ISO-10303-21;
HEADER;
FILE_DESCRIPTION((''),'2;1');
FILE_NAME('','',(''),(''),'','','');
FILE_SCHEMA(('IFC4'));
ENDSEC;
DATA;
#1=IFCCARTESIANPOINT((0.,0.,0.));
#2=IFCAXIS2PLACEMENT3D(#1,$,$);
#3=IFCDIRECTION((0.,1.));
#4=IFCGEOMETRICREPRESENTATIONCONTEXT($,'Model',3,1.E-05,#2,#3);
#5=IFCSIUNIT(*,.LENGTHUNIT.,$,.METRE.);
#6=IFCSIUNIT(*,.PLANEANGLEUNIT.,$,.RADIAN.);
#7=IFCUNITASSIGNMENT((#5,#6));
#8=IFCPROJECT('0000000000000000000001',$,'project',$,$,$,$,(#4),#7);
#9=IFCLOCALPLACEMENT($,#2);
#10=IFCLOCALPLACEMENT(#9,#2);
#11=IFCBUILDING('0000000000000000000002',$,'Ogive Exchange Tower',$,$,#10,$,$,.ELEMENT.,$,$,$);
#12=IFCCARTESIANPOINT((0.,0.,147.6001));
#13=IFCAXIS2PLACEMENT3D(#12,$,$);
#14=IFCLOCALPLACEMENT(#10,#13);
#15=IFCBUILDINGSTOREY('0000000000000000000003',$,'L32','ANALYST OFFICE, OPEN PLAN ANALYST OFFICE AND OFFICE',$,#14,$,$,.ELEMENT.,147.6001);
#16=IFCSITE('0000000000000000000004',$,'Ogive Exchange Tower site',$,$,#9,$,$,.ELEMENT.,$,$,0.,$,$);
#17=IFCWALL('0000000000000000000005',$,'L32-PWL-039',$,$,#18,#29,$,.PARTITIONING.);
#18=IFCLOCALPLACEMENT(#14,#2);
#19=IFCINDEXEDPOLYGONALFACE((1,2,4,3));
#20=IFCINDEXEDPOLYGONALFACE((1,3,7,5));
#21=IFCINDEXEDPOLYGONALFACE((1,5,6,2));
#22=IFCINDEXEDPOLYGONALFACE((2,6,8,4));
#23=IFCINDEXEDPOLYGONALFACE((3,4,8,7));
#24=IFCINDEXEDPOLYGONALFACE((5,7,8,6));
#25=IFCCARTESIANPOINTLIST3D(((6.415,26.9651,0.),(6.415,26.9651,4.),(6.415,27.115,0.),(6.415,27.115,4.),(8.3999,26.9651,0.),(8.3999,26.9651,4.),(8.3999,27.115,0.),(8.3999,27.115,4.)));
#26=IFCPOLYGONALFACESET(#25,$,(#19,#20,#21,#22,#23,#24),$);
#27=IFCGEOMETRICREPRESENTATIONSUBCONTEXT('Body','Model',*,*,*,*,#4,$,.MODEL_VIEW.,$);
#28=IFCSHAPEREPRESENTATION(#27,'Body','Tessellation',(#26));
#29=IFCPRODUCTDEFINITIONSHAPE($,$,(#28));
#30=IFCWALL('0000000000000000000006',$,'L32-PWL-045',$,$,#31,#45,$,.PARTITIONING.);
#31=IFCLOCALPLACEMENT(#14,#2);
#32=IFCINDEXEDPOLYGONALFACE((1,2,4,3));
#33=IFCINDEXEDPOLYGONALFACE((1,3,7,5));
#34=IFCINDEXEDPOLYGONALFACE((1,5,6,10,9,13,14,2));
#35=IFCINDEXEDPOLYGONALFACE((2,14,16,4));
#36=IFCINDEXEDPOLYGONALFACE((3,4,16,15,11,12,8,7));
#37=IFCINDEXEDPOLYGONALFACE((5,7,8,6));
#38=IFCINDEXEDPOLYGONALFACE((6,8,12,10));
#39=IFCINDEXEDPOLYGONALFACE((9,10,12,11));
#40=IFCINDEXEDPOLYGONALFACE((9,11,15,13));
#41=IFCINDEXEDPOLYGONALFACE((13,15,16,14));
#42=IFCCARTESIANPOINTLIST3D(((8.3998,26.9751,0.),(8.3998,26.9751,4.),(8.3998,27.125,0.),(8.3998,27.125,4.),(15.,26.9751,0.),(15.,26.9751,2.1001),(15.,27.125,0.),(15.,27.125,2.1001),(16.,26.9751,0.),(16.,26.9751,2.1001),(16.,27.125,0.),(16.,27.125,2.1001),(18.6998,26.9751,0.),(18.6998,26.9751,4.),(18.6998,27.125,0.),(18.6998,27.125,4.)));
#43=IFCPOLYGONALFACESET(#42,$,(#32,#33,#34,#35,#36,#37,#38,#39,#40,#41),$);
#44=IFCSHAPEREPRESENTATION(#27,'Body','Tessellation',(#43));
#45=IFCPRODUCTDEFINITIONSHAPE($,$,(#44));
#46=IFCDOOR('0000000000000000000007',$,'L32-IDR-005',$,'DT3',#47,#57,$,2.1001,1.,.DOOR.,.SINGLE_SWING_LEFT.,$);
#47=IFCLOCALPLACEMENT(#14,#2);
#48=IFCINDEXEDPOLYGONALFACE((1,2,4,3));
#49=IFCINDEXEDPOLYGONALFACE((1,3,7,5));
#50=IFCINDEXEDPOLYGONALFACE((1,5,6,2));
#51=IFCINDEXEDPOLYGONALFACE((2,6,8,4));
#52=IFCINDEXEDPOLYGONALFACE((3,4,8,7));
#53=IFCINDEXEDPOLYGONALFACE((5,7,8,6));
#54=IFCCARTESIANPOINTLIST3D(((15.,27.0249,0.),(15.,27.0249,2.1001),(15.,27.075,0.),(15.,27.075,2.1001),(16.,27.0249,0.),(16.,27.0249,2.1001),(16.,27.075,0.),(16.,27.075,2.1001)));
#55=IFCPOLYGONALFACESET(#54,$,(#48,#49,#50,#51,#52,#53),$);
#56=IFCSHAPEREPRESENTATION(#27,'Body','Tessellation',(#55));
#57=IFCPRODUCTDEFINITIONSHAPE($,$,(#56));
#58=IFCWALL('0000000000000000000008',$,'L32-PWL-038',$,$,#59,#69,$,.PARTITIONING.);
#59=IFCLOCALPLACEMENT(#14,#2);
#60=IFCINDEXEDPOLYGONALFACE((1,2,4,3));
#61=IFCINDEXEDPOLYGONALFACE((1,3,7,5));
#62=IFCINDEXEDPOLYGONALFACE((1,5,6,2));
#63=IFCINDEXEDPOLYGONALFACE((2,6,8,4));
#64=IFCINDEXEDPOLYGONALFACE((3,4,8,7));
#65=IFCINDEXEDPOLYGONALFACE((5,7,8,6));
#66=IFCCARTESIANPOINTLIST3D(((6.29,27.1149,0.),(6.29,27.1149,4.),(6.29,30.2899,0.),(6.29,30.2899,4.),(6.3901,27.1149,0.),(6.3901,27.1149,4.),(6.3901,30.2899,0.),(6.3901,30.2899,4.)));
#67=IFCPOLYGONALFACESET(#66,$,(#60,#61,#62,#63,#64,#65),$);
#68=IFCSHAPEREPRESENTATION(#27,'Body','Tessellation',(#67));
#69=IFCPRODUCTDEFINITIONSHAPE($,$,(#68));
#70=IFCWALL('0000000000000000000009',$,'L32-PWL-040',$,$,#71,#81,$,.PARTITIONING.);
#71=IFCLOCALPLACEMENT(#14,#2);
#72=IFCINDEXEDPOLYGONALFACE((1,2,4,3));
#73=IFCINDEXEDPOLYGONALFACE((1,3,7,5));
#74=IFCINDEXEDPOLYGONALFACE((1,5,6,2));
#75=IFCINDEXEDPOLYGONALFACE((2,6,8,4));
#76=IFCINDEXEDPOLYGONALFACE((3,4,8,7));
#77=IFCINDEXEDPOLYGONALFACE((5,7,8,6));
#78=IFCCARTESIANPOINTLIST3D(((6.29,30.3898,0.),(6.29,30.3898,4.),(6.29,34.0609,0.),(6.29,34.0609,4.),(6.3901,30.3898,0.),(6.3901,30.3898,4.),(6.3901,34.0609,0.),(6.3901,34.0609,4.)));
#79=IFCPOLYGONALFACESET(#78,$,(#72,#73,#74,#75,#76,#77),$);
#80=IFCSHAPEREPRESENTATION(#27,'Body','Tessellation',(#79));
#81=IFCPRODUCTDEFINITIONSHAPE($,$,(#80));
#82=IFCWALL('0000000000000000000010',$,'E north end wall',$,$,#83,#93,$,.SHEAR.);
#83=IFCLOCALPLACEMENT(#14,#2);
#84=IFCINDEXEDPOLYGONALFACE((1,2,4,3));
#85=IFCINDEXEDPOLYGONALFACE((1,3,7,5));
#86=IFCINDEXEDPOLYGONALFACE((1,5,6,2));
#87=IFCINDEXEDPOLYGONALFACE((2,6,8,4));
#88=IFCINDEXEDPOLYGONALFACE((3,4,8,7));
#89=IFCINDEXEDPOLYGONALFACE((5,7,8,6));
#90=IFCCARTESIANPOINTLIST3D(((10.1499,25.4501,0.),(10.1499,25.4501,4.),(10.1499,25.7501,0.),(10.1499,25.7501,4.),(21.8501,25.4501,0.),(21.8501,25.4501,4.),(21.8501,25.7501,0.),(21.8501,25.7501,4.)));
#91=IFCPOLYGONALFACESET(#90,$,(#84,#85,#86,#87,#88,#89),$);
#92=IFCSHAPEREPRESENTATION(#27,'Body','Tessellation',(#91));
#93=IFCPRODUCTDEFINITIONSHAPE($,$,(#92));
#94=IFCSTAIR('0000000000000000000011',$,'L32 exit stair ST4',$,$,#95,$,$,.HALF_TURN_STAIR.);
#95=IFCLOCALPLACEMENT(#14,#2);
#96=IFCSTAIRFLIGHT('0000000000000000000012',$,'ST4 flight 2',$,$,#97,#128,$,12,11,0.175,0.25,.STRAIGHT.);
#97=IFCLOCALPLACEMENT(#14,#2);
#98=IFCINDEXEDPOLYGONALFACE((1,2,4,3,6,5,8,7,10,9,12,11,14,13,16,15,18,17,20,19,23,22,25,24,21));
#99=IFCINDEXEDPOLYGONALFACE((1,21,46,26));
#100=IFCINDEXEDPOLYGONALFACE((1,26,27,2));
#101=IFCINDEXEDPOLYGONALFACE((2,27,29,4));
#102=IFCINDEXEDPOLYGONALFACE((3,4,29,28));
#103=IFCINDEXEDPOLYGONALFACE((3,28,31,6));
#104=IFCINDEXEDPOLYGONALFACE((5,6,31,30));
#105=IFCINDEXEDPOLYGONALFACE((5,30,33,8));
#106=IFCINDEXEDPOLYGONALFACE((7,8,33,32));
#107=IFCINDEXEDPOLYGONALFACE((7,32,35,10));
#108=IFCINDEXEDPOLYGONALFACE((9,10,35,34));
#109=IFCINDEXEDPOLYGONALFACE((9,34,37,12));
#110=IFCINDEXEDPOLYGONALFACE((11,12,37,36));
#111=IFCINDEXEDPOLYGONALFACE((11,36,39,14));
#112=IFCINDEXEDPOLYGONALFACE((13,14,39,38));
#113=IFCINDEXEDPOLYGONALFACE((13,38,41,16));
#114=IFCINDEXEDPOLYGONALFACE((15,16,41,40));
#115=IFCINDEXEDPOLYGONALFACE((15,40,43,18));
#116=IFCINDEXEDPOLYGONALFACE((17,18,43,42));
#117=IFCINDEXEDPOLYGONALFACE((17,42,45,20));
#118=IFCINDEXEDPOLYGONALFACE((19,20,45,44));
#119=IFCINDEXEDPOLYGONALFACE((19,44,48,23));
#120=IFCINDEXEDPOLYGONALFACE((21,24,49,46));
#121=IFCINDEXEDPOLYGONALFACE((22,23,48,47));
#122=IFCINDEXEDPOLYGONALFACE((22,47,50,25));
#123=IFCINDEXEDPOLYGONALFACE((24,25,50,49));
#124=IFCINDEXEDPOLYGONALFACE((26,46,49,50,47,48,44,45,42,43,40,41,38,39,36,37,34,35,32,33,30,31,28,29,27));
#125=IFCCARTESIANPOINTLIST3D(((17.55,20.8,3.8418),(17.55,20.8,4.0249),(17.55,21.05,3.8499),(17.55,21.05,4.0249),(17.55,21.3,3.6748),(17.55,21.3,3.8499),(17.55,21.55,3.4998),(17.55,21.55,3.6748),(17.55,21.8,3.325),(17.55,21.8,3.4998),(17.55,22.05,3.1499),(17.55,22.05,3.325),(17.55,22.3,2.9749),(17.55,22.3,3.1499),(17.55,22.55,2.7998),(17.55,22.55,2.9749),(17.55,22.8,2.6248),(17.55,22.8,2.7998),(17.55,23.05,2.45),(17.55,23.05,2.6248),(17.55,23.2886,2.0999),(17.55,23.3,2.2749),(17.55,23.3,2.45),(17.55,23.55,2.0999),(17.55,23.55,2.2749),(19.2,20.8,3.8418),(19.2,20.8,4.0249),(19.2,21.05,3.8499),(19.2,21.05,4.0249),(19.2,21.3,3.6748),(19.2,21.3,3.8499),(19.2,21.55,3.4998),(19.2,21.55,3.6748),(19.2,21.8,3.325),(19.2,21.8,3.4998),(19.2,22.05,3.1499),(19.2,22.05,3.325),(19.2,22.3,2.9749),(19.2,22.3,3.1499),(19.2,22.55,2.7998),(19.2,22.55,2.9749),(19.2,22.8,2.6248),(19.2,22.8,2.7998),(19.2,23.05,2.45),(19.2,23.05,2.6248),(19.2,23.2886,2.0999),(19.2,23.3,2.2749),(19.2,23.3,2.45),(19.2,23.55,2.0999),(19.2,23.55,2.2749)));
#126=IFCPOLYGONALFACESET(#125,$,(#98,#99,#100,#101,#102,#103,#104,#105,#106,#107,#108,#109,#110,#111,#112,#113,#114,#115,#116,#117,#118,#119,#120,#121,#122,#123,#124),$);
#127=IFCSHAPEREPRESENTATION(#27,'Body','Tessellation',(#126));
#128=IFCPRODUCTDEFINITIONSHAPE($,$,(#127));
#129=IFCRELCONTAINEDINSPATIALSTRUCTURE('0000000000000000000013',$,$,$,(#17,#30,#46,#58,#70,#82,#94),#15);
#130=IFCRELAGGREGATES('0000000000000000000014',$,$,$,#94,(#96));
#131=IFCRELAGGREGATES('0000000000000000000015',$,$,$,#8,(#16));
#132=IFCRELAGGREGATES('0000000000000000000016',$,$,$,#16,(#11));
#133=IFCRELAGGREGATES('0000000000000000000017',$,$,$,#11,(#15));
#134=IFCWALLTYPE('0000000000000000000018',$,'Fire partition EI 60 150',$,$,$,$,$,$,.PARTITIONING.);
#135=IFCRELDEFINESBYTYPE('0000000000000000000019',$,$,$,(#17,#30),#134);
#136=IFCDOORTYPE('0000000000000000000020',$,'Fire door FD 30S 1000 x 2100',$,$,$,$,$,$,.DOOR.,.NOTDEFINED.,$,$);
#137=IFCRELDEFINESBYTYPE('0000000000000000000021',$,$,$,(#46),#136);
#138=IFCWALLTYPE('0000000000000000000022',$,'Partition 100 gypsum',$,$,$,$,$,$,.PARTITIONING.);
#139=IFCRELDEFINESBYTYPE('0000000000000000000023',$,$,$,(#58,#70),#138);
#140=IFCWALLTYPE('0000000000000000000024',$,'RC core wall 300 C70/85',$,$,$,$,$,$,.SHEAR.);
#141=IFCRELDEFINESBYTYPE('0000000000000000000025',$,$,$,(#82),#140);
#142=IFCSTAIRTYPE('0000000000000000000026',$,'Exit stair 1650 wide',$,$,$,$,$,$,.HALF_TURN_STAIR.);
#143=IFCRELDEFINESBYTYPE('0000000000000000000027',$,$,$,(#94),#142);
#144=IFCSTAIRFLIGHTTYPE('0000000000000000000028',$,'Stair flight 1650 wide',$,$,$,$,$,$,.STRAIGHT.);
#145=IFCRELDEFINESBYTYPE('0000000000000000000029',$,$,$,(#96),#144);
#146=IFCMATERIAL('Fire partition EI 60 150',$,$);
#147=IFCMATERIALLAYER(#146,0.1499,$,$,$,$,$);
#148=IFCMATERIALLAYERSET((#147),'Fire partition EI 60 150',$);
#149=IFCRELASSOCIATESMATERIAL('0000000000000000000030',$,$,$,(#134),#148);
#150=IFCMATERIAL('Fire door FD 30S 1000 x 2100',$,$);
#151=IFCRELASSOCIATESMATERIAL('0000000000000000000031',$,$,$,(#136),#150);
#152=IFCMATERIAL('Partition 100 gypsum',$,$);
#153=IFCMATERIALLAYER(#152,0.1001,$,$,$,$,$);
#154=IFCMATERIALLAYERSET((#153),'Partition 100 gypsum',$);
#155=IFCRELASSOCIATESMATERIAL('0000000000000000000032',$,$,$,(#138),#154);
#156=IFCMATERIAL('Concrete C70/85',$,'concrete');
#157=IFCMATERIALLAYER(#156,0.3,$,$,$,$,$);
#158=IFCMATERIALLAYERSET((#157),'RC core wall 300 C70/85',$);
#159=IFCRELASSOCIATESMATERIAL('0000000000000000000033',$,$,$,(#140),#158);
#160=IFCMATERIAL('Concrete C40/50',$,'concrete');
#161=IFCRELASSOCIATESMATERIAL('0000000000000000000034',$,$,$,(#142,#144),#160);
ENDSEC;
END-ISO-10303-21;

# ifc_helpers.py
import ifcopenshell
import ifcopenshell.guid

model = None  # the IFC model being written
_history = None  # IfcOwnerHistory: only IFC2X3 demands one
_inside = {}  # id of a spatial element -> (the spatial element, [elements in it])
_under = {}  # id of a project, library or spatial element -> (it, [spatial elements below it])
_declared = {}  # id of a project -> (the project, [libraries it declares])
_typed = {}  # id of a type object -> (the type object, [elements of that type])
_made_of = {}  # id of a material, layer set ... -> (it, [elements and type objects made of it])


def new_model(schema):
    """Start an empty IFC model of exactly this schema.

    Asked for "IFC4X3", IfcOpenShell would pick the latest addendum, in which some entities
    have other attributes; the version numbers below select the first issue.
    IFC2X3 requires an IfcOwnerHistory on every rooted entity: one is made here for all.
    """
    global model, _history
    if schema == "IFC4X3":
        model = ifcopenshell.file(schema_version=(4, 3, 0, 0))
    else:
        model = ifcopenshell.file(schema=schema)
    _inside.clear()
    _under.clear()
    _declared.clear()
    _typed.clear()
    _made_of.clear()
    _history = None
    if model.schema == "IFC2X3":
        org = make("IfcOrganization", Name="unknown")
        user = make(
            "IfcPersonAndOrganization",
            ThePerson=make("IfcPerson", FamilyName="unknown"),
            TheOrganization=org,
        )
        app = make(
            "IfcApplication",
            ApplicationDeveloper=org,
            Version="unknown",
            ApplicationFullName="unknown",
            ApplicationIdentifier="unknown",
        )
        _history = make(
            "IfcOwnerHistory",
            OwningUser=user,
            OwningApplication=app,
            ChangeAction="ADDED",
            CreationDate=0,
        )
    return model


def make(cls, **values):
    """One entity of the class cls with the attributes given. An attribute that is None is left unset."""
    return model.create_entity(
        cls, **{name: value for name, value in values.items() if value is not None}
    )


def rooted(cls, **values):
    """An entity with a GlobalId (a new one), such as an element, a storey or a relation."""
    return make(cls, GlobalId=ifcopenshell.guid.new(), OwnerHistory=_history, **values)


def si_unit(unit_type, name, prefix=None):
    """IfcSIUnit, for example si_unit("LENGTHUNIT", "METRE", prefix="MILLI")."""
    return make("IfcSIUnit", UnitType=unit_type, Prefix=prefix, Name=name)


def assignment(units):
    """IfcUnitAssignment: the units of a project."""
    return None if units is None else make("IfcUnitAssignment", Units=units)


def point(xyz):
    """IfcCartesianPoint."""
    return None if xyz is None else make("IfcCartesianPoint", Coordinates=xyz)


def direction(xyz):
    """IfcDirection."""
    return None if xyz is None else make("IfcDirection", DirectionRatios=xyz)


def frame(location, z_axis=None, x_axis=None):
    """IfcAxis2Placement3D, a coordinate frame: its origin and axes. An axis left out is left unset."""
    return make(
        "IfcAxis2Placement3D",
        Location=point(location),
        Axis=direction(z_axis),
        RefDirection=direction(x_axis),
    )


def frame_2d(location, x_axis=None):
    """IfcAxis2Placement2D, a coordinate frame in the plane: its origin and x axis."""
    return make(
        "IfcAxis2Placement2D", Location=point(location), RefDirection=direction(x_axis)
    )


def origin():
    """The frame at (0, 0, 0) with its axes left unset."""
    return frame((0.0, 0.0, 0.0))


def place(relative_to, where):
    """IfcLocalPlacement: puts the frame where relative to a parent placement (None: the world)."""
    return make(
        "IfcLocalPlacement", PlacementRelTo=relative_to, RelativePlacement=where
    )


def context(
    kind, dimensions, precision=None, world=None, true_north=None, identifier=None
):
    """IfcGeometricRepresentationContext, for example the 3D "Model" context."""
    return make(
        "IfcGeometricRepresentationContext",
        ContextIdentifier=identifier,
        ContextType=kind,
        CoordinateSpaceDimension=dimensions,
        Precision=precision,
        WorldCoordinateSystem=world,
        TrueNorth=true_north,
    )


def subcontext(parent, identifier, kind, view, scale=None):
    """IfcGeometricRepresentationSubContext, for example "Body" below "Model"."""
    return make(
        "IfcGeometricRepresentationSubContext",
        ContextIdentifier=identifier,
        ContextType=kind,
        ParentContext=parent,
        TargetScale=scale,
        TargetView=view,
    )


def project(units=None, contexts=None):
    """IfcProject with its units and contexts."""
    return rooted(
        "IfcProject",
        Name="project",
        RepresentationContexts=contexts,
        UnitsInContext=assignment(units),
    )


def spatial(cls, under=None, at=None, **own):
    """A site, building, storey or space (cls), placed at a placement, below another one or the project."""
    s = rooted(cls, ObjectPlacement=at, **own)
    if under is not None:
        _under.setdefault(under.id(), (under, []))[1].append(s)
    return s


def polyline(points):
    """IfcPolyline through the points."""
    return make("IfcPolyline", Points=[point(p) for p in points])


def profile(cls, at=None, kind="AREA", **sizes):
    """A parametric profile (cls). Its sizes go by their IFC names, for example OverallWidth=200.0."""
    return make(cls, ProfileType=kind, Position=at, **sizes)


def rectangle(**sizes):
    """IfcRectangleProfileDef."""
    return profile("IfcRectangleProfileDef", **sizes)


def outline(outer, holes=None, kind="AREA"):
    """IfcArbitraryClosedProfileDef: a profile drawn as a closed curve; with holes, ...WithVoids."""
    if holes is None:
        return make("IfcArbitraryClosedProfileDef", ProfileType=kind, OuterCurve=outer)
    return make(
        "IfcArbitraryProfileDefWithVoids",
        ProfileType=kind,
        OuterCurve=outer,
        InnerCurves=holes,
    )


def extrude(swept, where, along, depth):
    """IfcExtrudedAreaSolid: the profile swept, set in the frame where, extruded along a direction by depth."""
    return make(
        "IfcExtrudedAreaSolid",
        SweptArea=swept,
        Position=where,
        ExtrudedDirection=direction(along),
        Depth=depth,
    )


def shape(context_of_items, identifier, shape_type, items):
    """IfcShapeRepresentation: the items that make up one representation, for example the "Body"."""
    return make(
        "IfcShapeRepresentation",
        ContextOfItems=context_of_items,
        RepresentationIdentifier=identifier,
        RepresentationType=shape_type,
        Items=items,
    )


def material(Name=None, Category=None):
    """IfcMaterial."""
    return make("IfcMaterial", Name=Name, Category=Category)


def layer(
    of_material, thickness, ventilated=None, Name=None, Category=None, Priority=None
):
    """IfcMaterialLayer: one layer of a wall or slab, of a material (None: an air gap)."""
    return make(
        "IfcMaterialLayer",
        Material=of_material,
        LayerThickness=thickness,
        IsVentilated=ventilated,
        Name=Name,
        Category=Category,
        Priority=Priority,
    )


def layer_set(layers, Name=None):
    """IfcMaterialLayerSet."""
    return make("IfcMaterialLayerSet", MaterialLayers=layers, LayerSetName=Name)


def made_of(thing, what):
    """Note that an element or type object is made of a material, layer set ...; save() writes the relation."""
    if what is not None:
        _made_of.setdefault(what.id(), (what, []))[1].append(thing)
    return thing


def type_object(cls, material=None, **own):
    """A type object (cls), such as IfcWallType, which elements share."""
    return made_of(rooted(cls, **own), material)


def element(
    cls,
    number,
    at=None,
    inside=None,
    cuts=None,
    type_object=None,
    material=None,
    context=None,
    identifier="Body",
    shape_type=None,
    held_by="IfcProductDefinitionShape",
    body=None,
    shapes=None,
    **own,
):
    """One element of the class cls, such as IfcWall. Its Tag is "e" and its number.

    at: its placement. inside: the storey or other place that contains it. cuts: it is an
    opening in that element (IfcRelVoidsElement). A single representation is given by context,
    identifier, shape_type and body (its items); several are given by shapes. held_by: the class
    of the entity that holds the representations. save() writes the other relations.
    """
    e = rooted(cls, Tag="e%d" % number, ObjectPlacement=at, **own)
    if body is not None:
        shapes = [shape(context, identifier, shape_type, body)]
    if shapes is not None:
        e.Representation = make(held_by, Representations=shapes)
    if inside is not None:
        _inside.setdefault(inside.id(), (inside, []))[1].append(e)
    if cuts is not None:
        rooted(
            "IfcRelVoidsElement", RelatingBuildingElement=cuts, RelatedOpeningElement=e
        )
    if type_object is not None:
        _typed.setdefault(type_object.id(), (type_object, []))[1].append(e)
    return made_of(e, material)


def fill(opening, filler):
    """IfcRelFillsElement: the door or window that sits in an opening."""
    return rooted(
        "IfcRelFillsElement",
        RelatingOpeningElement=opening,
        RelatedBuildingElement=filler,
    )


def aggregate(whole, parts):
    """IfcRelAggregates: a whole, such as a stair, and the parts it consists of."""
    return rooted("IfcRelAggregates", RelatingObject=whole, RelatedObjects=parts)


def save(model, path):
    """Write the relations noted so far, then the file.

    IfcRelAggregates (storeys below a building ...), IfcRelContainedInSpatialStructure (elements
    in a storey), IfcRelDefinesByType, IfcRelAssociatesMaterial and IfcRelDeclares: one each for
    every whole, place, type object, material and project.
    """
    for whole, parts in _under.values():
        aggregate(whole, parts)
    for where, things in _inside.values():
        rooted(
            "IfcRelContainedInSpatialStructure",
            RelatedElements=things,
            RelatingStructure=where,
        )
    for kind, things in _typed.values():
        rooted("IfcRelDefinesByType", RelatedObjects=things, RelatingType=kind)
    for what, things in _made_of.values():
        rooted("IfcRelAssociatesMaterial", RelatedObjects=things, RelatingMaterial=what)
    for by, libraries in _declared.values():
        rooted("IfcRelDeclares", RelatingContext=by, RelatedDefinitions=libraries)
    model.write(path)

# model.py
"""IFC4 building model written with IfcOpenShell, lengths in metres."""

from ifc_helpers import new_model, si_unit, direction, frame, frame_2d, origin, place, context, subcontext, project, spatial, polyline, rectangle, outline, extrude, material, layer, layer_set, type_object, element, fill, aggregate, save


model = new_model("IFC4")

# Units and contexts
model_context = context("Model", 3, precision=1e-05, world=origin(), true_north=direction((0.0, 1.0)))
body_context = subcontext(model_context, "Body", "Model", "MODEL_VIEW")
ifc_project = project(units=[si_unit("LENGTHUNIT", "METRE"), si_unit("PLANEANGLEUNIT", "RADIAN")], contexts=[model_context])

# Site, building, storey
site_placement = place(None, origin())
site = spatial("IfcSite", under=ifc_project, at=site_placement, Name="Ogive Exchange Tower site", CompositionType="ELEMENT", RefElevation=0.0)
building_placement = place(site_placement, origin())
building = spatial("IfcBuilding", under=site, at=building_placement, Name="Ogive Exchange Tower", CompositionType="ELEMENT")
storey_placement = place(building_placement, frame((0.0, 0.0, 147.6001)))
storey = spatial("IfcBuildingStorey", under=building, at=storey_placement, Name="L32", Description="ANALYST OFFICE, OPEN PLAN ANALYST OFFICE AND OFFICE", CompositionType="ELEMENT", Elevation=147.6001)

# Wall
ifc_material_1 = material(Name="Fire partition EI 60 150")
ifc_layer_1 = layer(ifc_material_1, 0.1499)
ifc_layer_set_1 = layer_set([ifc_layer_1], Name="Fire partition EI 60 150")
wall_type_1 = type_object("IfcWallType", Name="Fire partition EI 60 150", PredefinedType="PARTITIONING", material=ifc_layer_set_1)
wall_1_placement = place(storey_placement, frame((6.415, 27.04, 0.0), z_axis=(0.0, 0.0, 1.0), x_axis=(1.0, 0.0, 0.0)))
element("IfcWall", 1, at=wall_1_placement, inside=storey, type_object=wall_type_1, Name="L32-PWL-039", PredefinedType="PARTITIONING", context=body_context, shape_type="SweptSolid", body=[
    extrude(rectangle(XDim=1.9849, YDim=0.1499, at=frame_2d((0.9924, 0.0))), origin(), (0.0, 0.0, 1.0), 4.0),
])

# Wall, opening, door
wall_2_placement = place(storey_placement, frame((8.3999, 27.05, 0.0), z_axis=(0.0, 0.0, 1.0), x_axis=(1.0, 0.0, 0.0)))
wall_2 = element("IfcWall", 2, at=wall_2_placement, inside=storey, type_object=wall_type_1, Name="L32-PWL-045", PredefinedType="PARTITIONING", context=body_context, shape_type="SweptSolid", body=[
    extrude(rectangle(XDim=10.3, YDim=0.1499, at=frame_2d((5.1499, 0.0))), origin(), (0.0, 0.0, 1.0), 4.0),
])
opening_placement = place(wall_2_placement, frame((6.6001, 0.0, 0.0)))
opening = element("IfcOpeningElement", 3, at=opening_placement, cuts=wall_2, PredefinedType="OPENING", context=body_context, shape_type="SweptSolid", body=[
    extrude(rectangle(XDim=1.0, YDim=2.1001, at=frame_2d((0.5, 1.05))), frame((0.0, 0.085, 0.0), z_axis=(0.0, -1.0, 0.0), x_axis=(1.0, 0.0, 0.0)), (0.0, 0.0, 1.0), 0.1699),
])
ifc_material_2 = material(Name="Fire door FD 30S 1000 x 2100")
door_type = type_object("IfcDoorType", Name="Fire door FD 30S 1000 x 2100", OperationType="NOTDEFINED", PredefinedType="DOOR", material=ifc_material_2)
door_placement = place(opening_placement, origin())
door = element("IfcDoor", 4, at=door_placement, inside=storey, type_object=door_type, Name="L32-IDR-005", ObjectType="DT3", OperationType="SINGLE_SWING_LEFT", OverallHeight=2.1001, OverallWidth=1.0, PredefinedType="DOOR", context=body_context, shape_type="SweptSolid", body=[
    extrude(rectangle(XDim=1.0, YDim=2.1001, at=frame_2d((0.5, 1.05))), frame((0.0, 0.0249, 0.0), z_axis=(0.0, -1.0, 0.0), x_axis=(1.0, 0.0, 0.0)), (0.0, 0.0, 1.0), 0.05),
])
fill(opening, door)

# Walls
ifc_material_3 = material(Name="Partition 100 gypsum")
ifc_layer_2 = layer(ifc_material_3, 0.1001)
ifc_layer_set_2 = layer_set([ifc_layer_2], Name="Partition 100 gypsum")
wall_type_2 = type_object("IfcWallType", Name="Partition 100 gypsum", PredefinedType="PARTITIONING", material=ifc_layer_set_2)
wall_3_placement = place(storey_placement, frame((6.3401, 27.115, 0.0), z_axis=(0.0, 0.0, 1.0), x_axis=(0.0, 1.0, 0.0)))
element("IfcWall", 5, at=wall_3_placement, inside=storey, type_object=wall_type_2, Name="L32-PWL-038", PredefinedType="PARTITIONING", context=body_context, shape_type="SweptSolid", body=[
    extrude(rectangle(XDim=3.175, YDim=0.1001, at=frame_2d((1.5874, 0.0))), origin(), (0.0, 0.0, 1.0), 4.0),
])
wall_4_placement = place(storey_placement, frame((6.3401, 30.3899, 0.0), z_axis=(0.0, 0.0, 1.0), x_axis=(0.0, 1.0, 0.0)))
element("IfcWall", 6, at=wall_4_placement, inside=storey, type_object=wall_type_2, Name="L32-PWL-040", PredefinedType="PARTITIONING", context=body_context, shape_type="SweptSolid", body=[
    extrude(rectangle(XDim=3.6711, YDim=0.1001, at=frame_2d((1.8354, 0.0))), origin(), (0.0, 0.0, 1.0), 4.0),
])
ifc_material_4 = material(Name="Concrete C70/85", Category="concrete")
ifc_layer_3 = layer(ifc_material_4, 0.3)
ifc_layer_set_3 = layer_set([ifc_layer_3], Name="RC core wall 300 C70/85")
wall_type_3 = type_object("IfcWallType", Name="RC core wall 300 C70/85", PredefinedType="SHEAR", material=ifc_layer_set_3)
wall_5_placement = place(storey_placement, frame((10.1499, 25.6001, 0.0), z_axis=(0.0, 0.0, 1.0), x_axis=(1.0, 0.0, 0.0)))
element("IfcWall", 7, at=wall_5_placement, inside=storey, type_object=wall_type_3, Name="E north end wall", PredefinedType="SHEAR", context=body_context, shape_type="SweptSolid", body=[
    extrude(rectangle(XDim=11.7002, YDim=0.3, at=frame_2d((5.8501, 0.0))), origin(), (0.0, 0.0, 1.0), 4.0),
])

# Stair, stair flight
ifc_material_5 = material(Name="Concrete C40/50", Category="concrete")
stair_type = type_object("IfcStairType", Name="Exit stair 1650 wide", PredefinedType="HALF_TURN_STAIR", material=ifc_material_5)
stair_placement = place(storey_placement, origin())
stair = element("IfcStair", 8, at=stair_placement, inside=storey, type_object=stair_type, Name="L32 exit stair ST4", PredefinedType="HALF_TURN_STAIR")
stair_flight_type = type_object("IfcStairFlightType", Name="Stair flight 1650 wide", PredefinedType="STRAIGHT", material=ifc_material_5)
stair_flight_placement = place(storey_placement, frame((18.375, 23.55, 2.0999), z_axis=(0.0, 0.0, 1.0), x_axis=(0.0, -1.0, 0.0)))
stair_flight = element("IfcStairFlight", 9, at=stair_flight_placement, type_object=stair_flight_type, Name="ST4 flight 2", NumberOfRisers=12, NumberOfTreads=11, PredefinedType="STRAIGHT", RiserHeight=0.175, TreadLength=0.25, context=body_context, shape_type="SweptSolid", body=[
    extrude(outline(polyline([(0.0, 0.0), (0.0, 0.175), (0.25, 0.175), (0.25, 0.3501), (0.5, 0.3501), (0.5, 0.5249), (0.75, 0.5249), (0.75, 0.7), (1.0, 0.7), (1.0, 0.875), (1.25, 0.875), (1.25, 1.05), (1.5, 1.05), (1.5, 1.2251), (1.75, 1.2251), (1.75, 1.3999), (2.0, 1.3999), (2.0, 1.575), (2.25, 1.575), (2.25, 1.75), (2.5, 1.75), (2.5, 1.925), (2.75, 1.925), (2.75, 2.1001), (2.75, 1.7419), (0.2615, 0.0), (0.0, 0.0)])), frame((0.0, 0.825, 0.0), z_axis=(0.0, -1.0, 0.0), x_axis=(1.0, 0.0, 0.0)), (0.0, 0.0, 1.0), 1.6499),
])
aggregate(stair, [stair_flight])

save(model, "model.ifc")
